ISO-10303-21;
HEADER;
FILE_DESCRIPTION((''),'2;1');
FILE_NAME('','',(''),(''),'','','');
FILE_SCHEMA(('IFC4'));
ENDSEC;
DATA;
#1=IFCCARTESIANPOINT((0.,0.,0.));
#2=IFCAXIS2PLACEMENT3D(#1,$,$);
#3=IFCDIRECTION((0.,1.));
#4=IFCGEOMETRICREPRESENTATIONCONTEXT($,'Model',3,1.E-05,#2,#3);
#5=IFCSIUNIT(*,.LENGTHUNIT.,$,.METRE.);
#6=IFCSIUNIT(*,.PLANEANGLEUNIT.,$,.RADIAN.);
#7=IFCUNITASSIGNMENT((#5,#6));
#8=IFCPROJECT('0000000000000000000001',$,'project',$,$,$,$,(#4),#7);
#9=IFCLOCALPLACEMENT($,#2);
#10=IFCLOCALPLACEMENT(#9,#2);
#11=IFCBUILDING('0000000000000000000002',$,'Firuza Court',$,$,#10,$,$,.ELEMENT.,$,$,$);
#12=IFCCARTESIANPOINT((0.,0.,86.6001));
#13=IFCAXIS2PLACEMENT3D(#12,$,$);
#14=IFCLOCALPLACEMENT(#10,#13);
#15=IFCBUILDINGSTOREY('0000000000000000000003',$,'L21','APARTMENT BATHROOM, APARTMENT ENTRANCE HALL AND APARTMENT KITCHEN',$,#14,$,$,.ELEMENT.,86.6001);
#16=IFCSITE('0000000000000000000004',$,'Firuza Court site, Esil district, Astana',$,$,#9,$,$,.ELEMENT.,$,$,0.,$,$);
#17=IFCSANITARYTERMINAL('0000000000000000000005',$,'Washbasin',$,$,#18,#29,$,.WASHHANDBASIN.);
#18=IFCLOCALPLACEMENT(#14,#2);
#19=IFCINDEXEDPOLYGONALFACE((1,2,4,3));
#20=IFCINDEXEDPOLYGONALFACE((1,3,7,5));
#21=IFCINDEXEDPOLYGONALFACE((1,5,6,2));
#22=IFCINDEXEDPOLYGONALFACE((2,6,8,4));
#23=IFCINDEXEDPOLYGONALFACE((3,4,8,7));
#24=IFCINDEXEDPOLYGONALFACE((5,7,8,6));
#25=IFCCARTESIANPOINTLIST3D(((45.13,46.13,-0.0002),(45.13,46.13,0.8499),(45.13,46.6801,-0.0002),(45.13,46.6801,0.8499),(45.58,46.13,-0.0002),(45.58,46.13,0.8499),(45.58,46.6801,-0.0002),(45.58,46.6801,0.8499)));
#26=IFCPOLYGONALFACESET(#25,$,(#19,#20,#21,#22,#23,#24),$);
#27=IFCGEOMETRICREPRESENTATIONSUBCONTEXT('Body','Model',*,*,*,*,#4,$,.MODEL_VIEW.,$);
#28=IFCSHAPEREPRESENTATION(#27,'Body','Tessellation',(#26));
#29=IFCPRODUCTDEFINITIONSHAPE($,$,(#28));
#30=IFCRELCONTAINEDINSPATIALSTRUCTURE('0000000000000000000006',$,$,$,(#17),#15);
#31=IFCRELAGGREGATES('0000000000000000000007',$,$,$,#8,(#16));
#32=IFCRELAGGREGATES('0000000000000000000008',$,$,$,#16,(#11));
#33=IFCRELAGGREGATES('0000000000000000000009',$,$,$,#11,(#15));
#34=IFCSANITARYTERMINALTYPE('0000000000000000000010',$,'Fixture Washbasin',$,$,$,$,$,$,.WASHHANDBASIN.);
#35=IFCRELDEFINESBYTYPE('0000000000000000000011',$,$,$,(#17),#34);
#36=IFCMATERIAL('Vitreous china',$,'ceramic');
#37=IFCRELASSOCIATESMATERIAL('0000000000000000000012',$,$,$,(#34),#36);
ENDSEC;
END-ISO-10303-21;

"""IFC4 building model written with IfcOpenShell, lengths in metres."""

from ifc_helpers import new_model, si_unit, direction, frame, origin, origin_2d, place, context, subcontext, project, spatial, rectangle, extrude, material, type_object, element, save


model = new_model("IFC4")

# Units and contexts
model_context = context("Model", 3, precision=1e-05, world=origin(), true_north=direction((0.0, 1.0)))
body_context = subcontext(model_context, "Body", "Model", "MODEL_VIEW")
ifc_project = project(units=[si_unit("LENGTHUNIT", "METRE"), si_unit("PLANEANGLEUNIT", "RADIAN")], contexts=[model_context])

# Site, building, storey
site_placement = place(None, origin())
site = spatial("IfcSite", under=ifc_project, at=site_placement, Name="Firuza Court site, Esil district, Astana", CompositionType="ELEMENT", RefElevation=0.0)
building_placement = place(site_placement, origin())
building = spatial("IfcBuilding", under=site, at=building_placement, Name="Firuza Court", CompositionType="ELEMENT")
storey_placement = place(building_placement, frame((0.0, 0.0, 86.6001)))
storey = spatial("IfcBuildingStorey", under=building, at=storey_placement, Name="L21", Description="APARTMENT BATHROOM, APARTMENT ENTRANCE HALL AND APARTMENT KITCHEN", CompositionType="ELEMENT", Elevation=86.6001)

# Sanitary terminal
ifc_material_1 = material(Name="Vitreous china", Category="ceramic")
sanitary_terminal_type_1 = type_object("IfcSanitaryTerminalType", Name="Fixture Washbasin", PredefinedType="WASHHANDBASIN", material=ifc_material_1)
sanitary_terminal_1_placement = place(storey_placement, frame((45.355, 46.405, -0.0002), z_axis=(0.0, 0.0, 1.0), x_axis=(1.0, 0.0, 0.0)))
element("IfcSanitaryTerminal", 1, at=sanitary_terminal_1_placement, inside=storey, type_object=sanitary_terminal_type_1, Name="Washbasin", PredefinedType="WASHHANDBASIN", context=body_context, shape_type="SweptSolid", body=[
    extrude(rectangle(XDim=0.45, YDim=0.55, at=origin_2d()), origin(), (0.0, 0.0, 1.0), 0.8501),
])

save(model, "model.ifc")
